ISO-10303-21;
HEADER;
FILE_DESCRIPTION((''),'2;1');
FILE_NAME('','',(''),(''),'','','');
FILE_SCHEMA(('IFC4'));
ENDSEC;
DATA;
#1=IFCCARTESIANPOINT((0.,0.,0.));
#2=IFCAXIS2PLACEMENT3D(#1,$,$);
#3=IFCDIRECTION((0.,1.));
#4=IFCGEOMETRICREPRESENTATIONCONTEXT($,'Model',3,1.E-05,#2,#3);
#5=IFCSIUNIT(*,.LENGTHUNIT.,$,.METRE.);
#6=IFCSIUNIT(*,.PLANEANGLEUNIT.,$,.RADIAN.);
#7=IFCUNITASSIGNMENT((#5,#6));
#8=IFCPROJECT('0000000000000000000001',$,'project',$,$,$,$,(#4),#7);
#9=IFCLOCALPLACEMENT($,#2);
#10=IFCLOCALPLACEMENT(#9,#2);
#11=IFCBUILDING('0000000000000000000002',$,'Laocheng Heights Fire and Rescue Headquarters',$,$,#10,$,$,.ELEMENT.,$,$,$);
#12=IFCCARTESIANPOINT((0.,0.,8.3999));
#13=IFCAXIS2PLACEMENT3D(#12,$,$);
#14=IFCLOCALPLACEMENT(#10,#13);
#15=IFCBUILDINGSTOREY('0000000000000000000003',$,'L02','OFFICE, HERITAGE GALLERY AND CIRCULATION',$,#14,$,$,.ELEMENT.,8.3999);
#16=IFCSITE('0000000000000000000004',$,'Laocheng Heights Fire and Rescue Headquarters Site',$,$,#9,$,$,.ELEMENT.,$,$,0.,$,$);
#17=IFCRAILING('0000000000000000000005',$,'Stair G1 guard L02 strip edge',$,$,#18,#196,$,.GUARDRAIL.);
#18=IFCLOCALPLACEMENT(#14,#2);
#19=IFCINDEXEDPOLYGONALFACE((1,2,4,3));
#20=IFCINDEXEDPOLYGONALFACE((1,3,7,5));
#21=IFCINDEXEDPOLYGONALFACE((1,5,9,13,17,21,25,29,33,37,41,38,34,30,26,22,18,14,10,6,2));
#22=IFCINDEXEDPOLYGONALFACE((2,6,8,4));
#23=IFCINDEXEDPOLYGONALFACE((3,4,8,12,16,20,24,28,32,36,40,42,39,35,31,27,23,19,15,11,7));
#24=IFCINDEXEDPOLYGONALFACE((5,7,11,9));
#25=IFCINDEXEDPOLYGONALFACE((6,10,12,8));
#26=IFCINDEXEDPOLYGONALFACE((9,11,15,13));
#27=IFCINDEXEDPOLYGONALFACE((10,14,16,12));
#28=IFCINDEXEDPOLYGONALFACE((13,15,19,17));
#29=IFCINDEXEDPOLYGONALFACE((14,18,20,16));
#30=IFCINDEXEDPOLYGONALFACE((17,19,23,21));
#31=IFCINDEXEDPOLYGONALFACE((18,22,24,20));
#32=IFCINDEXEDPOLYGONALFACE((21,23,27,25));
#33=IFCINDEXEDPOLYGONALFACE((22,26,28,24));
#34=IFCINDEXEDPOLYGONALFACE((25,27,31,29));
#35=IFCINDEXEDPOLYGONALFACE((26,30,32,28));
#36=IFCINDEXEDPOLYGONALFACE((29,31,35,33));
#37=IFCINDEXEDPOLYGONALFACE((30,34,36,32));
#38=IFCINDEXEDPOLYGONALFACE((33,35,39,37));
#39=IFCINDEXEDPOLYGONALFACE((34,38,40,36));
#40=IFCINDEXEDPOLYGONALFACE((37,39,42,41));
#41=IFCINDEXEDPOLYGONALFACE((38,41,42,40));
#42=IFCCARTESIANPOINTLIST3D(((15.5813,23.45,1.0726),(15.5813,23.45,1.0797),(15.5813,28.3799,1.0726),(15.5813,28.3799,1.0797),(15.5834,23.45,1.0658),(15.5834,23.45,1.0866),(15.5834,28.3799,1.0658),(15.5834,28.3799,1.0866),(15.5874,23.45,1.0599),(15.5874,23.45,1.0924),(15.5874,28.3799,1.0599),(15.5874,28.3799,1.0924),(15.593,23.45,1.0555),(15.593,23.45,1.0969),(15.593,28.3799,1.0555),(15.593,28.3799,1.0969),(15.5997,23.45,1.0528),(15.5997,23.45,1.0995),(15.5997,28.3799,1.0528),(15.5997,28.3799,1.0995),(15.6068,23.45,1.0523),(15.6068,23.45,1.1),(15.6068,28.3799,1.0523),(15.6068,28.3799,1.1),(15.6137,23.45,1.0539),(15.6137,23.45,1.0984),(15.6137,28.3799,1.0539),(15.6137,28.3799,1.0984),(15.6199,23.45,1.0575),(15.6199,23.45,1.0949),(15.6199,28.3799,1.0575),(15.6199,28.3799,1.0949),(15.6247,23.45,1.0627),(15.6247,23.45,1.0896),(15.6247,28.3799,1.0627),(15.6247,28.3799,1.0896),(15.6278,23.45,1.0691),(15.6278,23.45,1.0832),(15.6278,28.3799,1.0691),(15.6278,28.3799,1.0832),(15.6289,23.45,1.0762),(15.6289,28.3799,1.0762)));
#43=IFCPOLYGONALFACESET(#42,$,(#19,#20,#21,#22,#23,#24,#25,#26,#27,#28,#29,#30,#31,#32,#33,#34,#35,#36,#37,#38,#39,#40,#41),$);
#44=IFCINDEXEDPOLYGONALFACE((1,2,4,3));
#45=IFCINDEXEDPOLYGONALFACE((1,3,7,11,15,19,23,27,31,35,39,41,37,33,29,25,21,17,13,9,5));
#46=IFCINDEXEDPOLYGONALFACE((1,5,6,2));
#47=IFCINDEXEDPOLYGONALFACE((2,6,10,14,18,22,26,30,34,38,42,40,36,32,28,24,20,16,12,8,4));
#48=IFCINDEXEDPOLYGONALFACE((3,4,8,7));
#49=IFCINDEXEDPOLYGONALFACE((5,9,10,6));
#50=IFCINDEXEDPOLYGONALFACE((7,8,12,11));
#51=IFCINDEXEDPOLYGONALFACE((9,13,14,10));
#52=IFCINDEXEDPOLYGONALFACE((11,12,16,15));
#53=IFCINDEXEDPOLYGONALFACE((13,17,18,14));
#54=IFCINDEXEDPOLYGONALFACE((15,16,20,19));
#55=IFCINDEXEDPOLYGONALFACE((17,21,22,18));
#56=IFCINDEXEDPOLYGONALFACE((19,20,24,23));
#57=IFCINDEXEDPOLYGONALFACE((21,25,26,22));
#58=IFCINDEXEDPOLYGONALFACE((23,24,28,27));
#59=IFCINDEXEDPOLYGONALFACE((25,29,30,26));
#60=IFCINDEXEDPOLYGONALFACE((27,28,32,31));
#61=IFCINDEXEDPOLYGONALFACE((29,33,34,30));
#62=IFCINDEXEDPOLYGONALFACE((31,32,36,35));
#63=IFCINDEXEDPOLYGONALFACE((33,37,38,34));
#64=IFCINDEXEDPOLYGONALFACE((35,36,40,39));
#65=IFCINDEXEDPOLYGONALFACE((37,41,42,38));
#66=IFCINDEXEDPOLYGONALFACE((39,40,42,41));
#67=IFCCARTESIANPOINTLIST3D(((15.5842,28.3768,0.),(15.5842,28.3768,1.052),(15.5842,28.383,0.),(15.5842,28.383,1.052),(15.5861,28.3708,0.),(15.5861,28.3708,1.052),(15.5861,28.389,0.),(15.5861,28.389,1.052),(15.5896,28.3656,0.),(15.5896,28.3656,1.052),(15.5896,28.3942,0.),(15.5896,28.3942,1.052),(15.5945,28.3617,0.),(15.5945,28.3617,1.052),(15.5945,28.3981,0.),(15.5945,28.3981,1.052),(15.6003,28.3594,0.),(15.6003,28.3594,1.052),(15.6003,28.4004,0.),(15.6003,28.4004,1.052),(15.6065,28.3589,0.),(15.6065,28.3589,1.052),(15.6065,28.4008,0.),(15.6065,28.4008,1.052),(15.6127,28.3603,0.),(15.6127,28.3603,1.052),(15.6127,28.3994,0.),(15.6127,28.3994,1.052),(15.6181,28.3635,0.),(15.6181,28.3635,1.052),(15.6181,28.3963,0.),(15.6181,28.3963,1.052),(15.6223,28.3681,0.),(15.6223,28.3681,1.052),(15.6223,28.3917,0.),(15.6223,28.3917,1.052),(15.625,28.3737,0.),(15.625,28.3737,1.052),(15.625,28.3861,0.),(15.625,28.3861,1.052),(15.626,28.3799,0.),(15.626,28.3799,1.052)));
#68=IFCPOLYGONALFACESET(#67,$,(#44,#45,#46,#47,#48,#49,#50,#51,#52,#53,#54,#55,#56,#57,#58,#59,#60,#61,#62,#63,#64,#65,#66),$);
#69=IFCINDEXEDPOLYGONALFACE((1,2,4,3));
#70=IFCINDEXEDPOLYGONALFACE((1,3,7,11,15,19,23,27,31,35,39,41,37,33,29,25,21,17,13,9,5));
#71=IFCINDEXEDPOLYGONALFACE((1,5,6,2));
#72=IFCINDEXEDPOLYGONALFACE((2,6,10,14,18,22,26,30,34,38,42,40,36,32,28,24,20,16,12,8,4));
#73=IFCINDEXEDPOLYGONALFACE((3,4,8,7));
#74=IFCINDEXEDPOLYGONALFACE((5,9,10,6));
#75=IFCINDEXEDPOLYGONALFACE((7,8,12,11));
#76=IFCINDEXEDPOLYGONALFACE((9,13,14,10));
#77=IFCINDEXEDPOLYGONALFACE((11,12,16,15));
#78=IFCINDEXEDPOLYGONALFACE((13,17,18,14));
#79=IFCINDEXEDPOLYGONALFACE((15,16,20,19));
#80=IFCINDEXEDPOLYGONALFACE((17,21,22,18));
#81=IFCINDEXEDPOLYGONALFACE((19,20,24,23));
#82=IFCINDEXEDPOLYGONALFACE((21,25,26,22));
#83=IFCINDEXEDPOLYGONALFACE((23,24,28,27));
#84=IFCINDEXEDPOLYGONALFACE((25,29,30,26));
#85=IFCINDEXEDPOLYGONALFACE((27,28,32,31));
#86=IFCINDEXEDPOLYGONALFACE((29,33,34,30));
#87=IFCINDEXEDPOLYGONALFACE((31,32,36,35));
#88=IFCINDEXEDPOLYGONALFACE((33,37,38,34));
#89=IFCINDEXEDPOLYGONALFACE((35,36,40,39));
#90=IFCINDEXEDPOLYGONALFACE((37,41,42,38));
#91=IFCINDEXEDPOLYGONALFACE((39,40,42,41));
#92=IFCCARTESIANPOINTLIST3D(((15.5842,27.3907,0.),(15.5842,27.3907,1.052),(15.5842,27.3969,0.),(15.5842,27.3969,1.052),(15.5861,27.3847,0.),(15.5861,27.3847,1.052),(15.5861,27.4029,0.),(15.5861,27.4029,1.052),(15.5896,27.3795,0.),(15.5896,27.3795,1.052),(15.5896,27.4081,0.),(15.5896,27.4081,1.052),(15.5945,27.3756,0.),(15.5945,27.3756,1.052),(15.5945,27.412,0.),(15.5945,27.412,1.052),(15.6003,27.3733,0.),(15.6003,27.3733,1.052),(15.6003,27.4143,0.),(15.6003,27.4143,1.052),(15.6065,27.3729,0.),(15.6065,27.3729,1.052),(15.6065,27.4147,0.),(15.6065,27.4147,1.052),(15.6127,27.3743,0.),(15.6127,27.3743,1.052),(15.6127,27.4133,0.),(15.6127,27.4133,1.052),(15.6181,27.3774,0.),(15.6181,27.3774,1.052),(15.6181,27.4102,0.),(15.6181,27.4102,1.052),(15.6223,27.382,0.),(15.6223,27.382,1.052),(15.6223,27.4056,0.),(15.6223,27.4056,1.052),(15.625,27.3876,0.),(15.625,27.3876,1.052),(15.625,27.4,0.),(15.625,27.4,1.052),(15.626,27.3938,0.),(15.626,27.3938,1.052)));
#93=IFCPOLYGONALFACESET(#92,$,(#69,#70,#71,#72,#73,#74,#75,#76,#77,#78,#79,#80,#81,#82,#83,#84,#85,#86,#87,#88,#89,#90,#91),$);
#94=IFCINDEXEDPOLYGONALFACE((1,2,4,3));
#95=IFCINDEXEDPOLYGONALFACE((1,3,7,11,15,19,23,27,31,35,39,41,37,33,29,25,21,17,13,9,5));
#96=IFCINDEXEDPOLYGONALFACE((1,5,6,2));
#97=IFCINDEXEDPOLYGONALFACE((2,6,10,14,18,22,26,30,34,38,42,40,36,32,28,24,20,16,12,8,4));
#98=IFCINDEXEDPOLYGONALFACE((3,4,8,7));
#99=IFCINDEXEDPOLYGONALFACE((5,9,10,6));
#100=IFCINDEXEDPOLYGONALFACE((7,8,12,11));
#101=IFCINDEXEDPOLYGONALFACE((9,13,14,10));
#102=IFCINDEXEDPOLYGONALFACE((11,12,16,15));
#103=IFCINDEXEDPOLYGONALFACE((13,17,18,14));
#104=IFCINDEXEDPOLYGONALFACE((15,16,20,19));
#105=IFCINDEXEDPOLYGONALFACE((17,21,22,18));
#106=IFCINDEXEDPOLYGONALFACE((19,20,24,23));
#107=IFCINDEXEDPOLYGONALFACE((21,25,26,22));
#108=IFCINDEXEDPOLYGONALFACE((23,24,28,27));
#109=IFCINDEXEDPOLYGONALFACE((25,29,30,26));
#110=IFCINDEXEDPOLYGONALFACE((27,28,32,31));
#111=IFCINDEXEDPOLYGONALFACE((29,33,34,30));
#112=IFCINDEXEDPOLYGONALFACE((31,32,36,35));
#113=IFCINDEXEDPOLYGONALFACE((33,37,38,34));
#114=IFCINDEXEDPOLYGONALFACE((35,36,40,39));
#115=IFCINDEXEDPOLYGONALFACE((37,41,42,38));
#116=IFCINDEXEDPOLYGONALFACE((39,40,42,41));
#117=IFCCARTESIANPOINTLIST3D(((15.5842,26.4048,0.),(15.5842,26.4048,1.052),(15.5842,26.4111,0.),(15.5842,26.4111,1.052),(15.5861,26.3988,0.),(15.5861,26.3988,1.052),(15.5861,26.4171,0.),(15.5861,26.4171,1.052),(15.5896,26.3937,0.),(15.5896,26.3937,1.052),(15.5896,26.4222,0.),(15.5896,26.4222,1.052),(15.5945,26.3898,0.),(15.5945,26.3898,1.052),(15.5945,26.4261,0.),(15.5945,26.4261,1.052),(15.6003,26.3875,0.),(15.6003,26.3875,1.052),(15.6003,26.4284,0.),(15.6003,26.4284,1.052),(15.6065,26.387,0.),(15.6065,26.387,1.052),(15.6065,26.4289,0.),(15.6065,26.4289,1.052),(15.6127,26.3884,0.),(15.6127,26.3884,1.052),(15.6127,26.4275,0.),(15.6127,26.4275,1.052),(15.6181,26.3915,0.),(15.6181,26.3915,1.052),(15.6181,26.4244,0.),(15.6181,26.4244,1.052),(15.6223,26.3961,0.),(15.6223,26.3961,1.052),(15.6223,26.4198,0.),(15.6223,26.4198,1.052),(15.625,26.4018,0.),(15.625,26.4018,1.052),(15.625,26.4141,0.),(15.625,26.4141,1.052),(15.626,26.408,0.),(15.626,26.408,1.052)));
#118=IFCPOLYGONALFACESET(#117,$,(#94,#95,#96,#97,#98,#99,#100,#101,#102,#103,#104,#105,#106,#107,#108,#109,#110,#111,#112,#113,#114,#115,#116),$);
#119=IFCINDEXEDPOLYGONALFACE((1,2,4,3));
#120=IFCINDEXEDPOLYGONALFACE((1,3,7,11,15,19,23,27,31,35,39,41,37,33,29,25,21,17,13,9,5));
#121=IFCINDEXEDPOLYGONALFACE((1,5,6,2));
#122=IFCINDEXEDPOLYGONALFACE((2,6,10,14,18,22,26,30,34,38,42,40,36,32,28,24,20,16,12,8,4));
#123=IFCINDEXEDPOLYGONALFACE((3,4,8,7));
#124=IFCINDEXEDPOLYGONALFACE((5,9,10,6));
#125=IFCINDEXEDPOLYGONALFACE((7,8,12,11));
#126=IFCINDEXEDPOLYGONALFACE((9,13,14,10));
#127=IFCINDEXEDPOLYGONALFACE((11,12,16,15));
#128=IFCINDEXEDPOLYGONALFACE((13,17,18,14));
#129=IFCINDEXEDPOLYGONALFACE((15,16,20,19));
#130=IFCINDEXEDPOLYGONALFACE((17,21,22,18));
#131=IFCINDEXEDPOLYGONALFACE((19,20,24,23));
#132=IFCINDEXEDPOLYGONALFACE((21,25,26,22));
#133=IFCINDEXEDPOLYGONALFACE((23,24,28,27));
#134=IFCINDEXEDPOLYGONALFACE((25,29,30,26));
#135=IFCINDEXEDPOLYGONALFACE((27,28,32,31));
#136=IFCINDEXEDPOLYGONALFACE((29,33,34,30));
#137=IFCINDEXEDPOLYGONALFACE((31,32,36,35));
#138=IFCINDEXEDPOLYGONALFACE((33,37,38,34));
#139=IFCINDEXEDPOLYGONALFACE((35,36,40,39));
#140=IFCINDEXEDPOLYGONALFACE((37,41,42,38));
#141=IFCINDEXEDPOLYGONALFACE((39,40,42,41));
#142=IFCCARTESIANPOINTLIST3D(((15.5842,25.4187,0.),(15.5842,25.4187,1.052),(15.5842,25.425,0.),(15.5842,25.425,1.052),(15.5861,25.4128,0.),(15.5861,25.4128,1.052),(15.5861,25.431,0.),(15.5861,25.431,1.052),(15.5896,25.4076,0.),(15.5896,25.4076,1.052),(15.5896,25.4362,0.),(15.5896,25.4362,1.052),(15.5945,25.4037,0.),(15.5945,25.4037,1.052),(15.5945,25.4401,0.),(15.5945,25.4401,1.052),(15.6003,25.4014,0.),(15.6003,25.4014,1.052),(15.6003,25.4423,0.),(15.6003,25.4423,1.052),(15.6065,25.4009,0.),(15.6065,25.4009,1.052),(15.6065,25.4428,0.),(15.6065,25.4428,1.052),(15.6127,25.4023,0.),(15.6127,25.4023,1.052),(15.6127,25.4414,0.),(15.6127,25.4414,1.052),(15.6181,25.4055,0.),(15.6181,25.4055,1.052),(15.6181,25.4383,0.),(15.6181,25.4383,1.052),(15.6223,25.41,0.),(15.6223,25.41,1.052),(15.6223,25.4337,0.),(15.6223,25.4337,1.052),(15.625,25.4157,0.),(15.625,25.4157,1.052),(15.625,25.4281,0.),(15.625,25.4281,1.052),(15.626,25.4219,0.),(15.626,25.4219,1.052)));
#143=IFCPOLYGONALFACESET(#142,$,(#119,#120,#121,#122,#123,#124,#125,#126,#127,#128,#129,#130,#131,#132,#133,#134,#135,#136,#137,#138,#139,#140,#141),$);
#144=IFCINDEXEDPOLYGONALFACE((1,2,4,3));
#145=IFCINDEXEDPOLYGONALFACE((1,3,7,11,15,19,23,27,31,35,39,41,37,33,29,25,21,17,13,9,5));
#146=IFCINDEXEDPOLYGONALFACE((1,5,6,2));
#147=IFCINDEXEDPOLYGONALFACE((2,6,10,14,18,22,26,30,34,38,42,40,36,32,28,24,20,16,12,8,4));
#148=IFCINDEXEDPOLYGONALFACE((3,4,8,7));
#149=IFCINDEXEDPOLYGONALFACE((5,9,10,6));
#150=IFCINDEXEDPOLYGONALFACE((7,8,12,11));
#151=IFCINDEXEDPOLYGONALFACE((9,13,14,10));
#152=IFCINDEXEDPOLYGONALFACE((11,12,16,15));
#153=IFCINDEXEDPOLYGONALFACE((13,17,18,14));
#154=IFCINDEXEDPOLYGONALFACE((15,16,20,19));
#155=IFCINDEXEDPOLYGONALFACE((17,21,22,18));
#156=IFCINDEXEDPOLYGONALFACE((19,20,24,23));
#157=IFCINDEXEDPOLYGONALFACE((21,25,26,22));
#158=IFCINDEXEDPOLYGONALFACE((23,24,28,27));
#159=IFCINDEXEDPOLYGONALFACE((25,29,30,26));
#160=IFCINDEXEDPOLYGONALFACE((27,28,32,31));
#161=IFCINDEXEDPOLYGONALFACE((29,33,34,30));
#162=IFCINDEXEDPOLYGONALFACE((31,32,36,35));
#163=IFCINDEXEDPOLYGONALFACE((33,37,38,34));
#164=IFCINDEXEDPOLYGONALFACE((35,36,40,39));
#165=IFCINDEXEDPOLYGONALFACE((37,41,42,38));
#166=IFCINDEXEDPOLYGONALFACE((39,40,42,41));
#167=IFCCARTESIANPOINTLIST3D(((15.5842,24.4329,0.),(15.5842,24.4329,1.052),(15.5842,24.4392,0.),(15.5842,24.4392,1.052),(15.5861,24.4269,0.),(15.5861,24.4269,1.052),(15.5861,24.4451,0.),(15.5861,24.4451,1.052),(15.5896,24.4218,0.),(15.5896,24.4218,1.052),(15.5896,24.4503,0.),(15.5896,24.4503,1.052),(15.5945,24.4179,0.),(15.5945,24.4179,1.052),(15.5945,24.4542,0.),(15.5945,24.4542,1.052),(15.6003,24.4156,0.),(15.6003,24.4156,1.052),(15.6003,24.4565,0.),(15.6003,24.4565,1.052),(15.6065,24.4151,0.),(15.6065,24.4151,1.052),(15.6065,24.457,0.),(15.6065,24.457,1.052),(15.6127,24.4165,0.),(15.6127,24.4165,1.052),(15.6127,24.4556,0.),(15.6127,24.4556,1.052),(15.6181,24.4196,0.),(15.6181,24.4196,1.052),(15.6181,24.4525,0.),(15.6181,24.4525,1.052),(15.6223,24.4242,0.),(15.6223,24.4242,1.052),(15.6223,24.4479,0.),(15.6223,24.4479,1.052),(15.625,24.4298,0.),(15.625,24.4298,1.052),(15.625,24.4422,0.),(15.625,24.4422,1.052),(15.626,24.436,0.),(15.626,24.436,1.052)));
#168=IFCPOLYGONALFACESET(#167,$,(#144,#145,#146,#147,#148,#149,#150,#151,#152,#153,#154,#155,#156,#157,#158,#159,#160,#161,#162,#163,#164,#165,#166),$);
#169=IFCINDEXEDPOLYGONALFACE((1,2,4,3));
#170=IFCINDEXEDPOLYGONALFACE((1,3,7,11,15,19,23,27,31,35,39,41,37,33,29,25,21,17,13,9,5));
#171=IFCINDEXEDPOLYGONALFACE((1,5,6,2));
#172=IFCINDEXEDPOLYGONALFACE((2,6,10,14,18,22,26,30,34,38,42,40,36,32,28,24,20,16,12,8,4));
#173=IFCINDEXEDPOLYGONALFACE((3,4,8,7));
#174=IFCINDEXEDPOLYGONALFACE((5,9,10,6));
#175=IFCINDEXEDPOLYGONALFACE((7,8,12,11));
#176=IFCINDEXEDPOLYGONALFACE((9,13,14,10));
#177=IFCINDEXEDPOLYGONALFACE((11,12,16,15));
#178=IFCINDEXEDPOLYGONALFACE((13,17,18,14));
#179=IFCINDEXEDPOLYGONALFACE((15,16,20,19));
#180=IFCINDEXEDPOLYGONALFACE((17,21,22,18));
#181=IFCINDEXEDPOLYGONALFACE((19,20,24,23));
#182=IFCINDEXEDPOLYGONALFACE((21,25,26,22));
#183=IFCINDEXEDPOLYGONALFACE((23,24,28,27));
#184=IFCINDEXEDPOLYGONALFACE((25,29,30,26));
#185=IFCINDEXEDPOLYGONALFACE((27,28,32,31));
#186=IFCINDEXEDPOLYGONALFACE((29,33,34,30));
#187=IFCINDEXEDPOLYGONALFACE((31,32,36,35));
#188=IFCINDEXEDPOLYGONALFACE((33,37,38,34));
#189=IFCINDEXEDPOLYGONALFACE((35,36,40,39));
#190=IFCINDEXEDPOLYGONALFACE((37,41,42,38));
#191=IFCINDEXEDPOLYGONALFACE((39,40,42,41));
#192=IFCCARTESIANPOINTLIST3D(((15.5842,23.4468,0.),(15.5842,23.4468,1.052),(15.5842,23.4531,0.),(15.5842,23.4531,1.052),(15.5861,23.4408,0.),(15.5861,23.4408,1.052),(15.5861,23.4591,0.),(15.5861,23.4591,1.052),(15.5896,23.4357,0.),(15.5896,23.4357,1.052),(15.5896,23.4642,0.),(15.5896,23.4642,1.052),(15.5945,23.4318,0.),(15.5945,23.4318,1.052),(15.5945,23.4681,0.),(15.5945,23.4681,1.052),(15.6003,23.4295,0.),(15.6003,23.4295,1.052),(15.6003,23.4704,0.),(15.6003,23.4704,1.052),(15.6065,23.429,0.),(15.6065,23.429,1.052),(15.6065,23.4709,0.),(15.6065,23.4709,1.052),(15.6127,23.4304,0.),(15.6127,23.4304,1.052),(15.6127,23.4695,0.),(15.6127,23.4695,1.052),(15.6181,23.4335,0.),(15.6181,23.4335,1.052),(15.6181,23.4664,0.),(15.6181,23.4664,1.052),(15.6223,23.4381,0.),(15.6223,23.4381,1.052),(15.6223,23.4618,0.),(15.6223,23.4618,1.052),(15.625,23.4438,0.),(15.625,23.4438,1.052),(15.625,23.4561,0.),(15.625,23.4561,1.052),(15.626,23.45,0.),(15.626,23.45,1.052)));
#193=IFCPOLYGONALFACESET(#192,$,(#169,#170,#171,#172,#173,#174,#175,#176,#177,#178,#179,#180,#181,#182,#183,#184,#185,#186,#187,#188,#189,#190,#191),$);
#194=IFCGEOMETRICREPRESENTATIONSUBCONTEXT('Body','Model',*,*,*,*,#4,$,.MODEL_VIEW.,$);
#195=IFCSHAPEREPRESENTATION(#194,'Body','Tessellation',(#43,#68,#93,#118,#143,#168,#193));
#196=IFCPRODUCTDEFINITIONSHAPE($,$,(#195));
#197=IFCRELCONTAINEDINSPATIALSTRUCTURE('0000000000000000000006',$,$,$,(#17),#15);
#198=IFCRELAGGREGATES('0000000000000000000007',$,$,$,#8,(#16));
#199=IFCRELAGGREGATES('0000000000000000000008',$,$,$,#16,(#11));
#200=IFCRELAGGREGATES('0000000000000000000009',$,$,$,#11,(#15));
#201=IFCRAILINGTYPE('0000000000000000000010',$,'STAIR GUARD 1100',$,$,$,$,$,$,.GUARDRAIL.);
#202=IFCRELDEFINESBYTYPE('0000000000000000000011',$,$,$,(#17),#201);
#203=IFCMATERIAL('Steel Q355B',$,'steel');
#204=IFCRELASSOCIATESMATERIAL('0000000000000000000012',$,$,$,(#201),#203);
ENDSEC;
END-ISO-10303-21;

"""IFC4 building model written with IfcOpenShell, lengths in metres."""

from ifc_helpers import new_model, si_unit, direction, frame, origin, origin_2d, place, context, subcontext, project, spatial, circle, extrude, material, type_object, element, save


model = new_model("IFC4")

# Units and contexts
model_context = context("Model", 3, precision=1e-05, world=origin(), true_north=direction((0.0, 1.0)))
body_context = subcontext(model_context, "Body", "Model", "MODEL_VIEW")
ifc_project = project(units=[si_unit("LENGTHUNIT", "METRE"), si_unit("PLANEANGLEUNIT", "RADIAN")], contexts=[model_context])

# Site, building, storey
site_placement = place(None, origin())
site = spatial("IfcSite", under=ifc_project, at=site_placement, Name="Laocheng Heights Fire and Rescue Headquarters Site", CompositionType="ELEMENT", RefElevation=0.0)
building_placement = place(site_placement, origin())
building = spatial("IfcBuilding", under=site, at=building_placement, Name="Laocheng Heights Fire and Rescue Headquarters", CompositionType="ELEMENT")
storey_placement = place(building_placement, frame((0.0, 0.0, 8.3999)))
storey = spatial("IfcBuildingStorey", under=building, at=storey_placement, Name="L02", Description="OFFICE, HERITAGE GALLERY AND CIRCULATION", CompositionType="ELEMENT", Elevation=8.3999)

# Railing
ifc_material_1 = material(Name="Steel Q355B", Category="steel")
railing_type_1 = type_object("IfcRailingType", Name="STAIR GUARD 1100", PredefinedType="GUARDRAIL", material=ifc_material_1)
railing_1_placement = place(storey_placement, frame((15.605, 28.3799, 0.0)))
element("IfcRailing", 1, at=railing_1_placement, inside=storey, type_object=railing_type_1, Name="Stair G1 guard L02 strip edge", PredefinedType="GUARDRAIL", context=body_context, shape_type="SweptSolid", body=[
    extrude(circle(Radius=0.0239, at=origin_2d()), frame((0.0, 0.0, 1.0762), z_axis=(0.0, -1.0, 0.0), x_axis=(1.0, 0.0, 0.0)), (0.0, 0.0, 1.0), 4.9299),
    extrude(circle(Radius=0.021, at=origin_2d()), origin(), (0.0, 0.0, 1.0), 1.052),
    extrude(circle(Radius=0.021, at=origin_2d()), frame((0.0, -0.9861, 0.0)), (0.0, 0.0, 1.0), 1.052),
    extrude(circle(Radius=0.021, at=origin_2d()), frame((0.0, -1.9719, 0.0)), (0.0, 0.0, 1.0), 1.052),
    extrude(circle(Radius=0.021, at=origin_2d()), frame((0.0, -2.958, 0.0)), (0.0, 0.0, 1.0), 1.052),
    extrude(circle(Radius=0.021, at=origin_2d()), frame((0.0, -3.9438, 0.0)), (0.0, 0.0, 1.0), 1.052),
    extrude(circle(Radius=0.021, at=origin_2d()), frame((0.0, -4.9299, 0.0)), (0.0, 0.0, 1.0), 1.052),
])

save(model, "model.ifc")
